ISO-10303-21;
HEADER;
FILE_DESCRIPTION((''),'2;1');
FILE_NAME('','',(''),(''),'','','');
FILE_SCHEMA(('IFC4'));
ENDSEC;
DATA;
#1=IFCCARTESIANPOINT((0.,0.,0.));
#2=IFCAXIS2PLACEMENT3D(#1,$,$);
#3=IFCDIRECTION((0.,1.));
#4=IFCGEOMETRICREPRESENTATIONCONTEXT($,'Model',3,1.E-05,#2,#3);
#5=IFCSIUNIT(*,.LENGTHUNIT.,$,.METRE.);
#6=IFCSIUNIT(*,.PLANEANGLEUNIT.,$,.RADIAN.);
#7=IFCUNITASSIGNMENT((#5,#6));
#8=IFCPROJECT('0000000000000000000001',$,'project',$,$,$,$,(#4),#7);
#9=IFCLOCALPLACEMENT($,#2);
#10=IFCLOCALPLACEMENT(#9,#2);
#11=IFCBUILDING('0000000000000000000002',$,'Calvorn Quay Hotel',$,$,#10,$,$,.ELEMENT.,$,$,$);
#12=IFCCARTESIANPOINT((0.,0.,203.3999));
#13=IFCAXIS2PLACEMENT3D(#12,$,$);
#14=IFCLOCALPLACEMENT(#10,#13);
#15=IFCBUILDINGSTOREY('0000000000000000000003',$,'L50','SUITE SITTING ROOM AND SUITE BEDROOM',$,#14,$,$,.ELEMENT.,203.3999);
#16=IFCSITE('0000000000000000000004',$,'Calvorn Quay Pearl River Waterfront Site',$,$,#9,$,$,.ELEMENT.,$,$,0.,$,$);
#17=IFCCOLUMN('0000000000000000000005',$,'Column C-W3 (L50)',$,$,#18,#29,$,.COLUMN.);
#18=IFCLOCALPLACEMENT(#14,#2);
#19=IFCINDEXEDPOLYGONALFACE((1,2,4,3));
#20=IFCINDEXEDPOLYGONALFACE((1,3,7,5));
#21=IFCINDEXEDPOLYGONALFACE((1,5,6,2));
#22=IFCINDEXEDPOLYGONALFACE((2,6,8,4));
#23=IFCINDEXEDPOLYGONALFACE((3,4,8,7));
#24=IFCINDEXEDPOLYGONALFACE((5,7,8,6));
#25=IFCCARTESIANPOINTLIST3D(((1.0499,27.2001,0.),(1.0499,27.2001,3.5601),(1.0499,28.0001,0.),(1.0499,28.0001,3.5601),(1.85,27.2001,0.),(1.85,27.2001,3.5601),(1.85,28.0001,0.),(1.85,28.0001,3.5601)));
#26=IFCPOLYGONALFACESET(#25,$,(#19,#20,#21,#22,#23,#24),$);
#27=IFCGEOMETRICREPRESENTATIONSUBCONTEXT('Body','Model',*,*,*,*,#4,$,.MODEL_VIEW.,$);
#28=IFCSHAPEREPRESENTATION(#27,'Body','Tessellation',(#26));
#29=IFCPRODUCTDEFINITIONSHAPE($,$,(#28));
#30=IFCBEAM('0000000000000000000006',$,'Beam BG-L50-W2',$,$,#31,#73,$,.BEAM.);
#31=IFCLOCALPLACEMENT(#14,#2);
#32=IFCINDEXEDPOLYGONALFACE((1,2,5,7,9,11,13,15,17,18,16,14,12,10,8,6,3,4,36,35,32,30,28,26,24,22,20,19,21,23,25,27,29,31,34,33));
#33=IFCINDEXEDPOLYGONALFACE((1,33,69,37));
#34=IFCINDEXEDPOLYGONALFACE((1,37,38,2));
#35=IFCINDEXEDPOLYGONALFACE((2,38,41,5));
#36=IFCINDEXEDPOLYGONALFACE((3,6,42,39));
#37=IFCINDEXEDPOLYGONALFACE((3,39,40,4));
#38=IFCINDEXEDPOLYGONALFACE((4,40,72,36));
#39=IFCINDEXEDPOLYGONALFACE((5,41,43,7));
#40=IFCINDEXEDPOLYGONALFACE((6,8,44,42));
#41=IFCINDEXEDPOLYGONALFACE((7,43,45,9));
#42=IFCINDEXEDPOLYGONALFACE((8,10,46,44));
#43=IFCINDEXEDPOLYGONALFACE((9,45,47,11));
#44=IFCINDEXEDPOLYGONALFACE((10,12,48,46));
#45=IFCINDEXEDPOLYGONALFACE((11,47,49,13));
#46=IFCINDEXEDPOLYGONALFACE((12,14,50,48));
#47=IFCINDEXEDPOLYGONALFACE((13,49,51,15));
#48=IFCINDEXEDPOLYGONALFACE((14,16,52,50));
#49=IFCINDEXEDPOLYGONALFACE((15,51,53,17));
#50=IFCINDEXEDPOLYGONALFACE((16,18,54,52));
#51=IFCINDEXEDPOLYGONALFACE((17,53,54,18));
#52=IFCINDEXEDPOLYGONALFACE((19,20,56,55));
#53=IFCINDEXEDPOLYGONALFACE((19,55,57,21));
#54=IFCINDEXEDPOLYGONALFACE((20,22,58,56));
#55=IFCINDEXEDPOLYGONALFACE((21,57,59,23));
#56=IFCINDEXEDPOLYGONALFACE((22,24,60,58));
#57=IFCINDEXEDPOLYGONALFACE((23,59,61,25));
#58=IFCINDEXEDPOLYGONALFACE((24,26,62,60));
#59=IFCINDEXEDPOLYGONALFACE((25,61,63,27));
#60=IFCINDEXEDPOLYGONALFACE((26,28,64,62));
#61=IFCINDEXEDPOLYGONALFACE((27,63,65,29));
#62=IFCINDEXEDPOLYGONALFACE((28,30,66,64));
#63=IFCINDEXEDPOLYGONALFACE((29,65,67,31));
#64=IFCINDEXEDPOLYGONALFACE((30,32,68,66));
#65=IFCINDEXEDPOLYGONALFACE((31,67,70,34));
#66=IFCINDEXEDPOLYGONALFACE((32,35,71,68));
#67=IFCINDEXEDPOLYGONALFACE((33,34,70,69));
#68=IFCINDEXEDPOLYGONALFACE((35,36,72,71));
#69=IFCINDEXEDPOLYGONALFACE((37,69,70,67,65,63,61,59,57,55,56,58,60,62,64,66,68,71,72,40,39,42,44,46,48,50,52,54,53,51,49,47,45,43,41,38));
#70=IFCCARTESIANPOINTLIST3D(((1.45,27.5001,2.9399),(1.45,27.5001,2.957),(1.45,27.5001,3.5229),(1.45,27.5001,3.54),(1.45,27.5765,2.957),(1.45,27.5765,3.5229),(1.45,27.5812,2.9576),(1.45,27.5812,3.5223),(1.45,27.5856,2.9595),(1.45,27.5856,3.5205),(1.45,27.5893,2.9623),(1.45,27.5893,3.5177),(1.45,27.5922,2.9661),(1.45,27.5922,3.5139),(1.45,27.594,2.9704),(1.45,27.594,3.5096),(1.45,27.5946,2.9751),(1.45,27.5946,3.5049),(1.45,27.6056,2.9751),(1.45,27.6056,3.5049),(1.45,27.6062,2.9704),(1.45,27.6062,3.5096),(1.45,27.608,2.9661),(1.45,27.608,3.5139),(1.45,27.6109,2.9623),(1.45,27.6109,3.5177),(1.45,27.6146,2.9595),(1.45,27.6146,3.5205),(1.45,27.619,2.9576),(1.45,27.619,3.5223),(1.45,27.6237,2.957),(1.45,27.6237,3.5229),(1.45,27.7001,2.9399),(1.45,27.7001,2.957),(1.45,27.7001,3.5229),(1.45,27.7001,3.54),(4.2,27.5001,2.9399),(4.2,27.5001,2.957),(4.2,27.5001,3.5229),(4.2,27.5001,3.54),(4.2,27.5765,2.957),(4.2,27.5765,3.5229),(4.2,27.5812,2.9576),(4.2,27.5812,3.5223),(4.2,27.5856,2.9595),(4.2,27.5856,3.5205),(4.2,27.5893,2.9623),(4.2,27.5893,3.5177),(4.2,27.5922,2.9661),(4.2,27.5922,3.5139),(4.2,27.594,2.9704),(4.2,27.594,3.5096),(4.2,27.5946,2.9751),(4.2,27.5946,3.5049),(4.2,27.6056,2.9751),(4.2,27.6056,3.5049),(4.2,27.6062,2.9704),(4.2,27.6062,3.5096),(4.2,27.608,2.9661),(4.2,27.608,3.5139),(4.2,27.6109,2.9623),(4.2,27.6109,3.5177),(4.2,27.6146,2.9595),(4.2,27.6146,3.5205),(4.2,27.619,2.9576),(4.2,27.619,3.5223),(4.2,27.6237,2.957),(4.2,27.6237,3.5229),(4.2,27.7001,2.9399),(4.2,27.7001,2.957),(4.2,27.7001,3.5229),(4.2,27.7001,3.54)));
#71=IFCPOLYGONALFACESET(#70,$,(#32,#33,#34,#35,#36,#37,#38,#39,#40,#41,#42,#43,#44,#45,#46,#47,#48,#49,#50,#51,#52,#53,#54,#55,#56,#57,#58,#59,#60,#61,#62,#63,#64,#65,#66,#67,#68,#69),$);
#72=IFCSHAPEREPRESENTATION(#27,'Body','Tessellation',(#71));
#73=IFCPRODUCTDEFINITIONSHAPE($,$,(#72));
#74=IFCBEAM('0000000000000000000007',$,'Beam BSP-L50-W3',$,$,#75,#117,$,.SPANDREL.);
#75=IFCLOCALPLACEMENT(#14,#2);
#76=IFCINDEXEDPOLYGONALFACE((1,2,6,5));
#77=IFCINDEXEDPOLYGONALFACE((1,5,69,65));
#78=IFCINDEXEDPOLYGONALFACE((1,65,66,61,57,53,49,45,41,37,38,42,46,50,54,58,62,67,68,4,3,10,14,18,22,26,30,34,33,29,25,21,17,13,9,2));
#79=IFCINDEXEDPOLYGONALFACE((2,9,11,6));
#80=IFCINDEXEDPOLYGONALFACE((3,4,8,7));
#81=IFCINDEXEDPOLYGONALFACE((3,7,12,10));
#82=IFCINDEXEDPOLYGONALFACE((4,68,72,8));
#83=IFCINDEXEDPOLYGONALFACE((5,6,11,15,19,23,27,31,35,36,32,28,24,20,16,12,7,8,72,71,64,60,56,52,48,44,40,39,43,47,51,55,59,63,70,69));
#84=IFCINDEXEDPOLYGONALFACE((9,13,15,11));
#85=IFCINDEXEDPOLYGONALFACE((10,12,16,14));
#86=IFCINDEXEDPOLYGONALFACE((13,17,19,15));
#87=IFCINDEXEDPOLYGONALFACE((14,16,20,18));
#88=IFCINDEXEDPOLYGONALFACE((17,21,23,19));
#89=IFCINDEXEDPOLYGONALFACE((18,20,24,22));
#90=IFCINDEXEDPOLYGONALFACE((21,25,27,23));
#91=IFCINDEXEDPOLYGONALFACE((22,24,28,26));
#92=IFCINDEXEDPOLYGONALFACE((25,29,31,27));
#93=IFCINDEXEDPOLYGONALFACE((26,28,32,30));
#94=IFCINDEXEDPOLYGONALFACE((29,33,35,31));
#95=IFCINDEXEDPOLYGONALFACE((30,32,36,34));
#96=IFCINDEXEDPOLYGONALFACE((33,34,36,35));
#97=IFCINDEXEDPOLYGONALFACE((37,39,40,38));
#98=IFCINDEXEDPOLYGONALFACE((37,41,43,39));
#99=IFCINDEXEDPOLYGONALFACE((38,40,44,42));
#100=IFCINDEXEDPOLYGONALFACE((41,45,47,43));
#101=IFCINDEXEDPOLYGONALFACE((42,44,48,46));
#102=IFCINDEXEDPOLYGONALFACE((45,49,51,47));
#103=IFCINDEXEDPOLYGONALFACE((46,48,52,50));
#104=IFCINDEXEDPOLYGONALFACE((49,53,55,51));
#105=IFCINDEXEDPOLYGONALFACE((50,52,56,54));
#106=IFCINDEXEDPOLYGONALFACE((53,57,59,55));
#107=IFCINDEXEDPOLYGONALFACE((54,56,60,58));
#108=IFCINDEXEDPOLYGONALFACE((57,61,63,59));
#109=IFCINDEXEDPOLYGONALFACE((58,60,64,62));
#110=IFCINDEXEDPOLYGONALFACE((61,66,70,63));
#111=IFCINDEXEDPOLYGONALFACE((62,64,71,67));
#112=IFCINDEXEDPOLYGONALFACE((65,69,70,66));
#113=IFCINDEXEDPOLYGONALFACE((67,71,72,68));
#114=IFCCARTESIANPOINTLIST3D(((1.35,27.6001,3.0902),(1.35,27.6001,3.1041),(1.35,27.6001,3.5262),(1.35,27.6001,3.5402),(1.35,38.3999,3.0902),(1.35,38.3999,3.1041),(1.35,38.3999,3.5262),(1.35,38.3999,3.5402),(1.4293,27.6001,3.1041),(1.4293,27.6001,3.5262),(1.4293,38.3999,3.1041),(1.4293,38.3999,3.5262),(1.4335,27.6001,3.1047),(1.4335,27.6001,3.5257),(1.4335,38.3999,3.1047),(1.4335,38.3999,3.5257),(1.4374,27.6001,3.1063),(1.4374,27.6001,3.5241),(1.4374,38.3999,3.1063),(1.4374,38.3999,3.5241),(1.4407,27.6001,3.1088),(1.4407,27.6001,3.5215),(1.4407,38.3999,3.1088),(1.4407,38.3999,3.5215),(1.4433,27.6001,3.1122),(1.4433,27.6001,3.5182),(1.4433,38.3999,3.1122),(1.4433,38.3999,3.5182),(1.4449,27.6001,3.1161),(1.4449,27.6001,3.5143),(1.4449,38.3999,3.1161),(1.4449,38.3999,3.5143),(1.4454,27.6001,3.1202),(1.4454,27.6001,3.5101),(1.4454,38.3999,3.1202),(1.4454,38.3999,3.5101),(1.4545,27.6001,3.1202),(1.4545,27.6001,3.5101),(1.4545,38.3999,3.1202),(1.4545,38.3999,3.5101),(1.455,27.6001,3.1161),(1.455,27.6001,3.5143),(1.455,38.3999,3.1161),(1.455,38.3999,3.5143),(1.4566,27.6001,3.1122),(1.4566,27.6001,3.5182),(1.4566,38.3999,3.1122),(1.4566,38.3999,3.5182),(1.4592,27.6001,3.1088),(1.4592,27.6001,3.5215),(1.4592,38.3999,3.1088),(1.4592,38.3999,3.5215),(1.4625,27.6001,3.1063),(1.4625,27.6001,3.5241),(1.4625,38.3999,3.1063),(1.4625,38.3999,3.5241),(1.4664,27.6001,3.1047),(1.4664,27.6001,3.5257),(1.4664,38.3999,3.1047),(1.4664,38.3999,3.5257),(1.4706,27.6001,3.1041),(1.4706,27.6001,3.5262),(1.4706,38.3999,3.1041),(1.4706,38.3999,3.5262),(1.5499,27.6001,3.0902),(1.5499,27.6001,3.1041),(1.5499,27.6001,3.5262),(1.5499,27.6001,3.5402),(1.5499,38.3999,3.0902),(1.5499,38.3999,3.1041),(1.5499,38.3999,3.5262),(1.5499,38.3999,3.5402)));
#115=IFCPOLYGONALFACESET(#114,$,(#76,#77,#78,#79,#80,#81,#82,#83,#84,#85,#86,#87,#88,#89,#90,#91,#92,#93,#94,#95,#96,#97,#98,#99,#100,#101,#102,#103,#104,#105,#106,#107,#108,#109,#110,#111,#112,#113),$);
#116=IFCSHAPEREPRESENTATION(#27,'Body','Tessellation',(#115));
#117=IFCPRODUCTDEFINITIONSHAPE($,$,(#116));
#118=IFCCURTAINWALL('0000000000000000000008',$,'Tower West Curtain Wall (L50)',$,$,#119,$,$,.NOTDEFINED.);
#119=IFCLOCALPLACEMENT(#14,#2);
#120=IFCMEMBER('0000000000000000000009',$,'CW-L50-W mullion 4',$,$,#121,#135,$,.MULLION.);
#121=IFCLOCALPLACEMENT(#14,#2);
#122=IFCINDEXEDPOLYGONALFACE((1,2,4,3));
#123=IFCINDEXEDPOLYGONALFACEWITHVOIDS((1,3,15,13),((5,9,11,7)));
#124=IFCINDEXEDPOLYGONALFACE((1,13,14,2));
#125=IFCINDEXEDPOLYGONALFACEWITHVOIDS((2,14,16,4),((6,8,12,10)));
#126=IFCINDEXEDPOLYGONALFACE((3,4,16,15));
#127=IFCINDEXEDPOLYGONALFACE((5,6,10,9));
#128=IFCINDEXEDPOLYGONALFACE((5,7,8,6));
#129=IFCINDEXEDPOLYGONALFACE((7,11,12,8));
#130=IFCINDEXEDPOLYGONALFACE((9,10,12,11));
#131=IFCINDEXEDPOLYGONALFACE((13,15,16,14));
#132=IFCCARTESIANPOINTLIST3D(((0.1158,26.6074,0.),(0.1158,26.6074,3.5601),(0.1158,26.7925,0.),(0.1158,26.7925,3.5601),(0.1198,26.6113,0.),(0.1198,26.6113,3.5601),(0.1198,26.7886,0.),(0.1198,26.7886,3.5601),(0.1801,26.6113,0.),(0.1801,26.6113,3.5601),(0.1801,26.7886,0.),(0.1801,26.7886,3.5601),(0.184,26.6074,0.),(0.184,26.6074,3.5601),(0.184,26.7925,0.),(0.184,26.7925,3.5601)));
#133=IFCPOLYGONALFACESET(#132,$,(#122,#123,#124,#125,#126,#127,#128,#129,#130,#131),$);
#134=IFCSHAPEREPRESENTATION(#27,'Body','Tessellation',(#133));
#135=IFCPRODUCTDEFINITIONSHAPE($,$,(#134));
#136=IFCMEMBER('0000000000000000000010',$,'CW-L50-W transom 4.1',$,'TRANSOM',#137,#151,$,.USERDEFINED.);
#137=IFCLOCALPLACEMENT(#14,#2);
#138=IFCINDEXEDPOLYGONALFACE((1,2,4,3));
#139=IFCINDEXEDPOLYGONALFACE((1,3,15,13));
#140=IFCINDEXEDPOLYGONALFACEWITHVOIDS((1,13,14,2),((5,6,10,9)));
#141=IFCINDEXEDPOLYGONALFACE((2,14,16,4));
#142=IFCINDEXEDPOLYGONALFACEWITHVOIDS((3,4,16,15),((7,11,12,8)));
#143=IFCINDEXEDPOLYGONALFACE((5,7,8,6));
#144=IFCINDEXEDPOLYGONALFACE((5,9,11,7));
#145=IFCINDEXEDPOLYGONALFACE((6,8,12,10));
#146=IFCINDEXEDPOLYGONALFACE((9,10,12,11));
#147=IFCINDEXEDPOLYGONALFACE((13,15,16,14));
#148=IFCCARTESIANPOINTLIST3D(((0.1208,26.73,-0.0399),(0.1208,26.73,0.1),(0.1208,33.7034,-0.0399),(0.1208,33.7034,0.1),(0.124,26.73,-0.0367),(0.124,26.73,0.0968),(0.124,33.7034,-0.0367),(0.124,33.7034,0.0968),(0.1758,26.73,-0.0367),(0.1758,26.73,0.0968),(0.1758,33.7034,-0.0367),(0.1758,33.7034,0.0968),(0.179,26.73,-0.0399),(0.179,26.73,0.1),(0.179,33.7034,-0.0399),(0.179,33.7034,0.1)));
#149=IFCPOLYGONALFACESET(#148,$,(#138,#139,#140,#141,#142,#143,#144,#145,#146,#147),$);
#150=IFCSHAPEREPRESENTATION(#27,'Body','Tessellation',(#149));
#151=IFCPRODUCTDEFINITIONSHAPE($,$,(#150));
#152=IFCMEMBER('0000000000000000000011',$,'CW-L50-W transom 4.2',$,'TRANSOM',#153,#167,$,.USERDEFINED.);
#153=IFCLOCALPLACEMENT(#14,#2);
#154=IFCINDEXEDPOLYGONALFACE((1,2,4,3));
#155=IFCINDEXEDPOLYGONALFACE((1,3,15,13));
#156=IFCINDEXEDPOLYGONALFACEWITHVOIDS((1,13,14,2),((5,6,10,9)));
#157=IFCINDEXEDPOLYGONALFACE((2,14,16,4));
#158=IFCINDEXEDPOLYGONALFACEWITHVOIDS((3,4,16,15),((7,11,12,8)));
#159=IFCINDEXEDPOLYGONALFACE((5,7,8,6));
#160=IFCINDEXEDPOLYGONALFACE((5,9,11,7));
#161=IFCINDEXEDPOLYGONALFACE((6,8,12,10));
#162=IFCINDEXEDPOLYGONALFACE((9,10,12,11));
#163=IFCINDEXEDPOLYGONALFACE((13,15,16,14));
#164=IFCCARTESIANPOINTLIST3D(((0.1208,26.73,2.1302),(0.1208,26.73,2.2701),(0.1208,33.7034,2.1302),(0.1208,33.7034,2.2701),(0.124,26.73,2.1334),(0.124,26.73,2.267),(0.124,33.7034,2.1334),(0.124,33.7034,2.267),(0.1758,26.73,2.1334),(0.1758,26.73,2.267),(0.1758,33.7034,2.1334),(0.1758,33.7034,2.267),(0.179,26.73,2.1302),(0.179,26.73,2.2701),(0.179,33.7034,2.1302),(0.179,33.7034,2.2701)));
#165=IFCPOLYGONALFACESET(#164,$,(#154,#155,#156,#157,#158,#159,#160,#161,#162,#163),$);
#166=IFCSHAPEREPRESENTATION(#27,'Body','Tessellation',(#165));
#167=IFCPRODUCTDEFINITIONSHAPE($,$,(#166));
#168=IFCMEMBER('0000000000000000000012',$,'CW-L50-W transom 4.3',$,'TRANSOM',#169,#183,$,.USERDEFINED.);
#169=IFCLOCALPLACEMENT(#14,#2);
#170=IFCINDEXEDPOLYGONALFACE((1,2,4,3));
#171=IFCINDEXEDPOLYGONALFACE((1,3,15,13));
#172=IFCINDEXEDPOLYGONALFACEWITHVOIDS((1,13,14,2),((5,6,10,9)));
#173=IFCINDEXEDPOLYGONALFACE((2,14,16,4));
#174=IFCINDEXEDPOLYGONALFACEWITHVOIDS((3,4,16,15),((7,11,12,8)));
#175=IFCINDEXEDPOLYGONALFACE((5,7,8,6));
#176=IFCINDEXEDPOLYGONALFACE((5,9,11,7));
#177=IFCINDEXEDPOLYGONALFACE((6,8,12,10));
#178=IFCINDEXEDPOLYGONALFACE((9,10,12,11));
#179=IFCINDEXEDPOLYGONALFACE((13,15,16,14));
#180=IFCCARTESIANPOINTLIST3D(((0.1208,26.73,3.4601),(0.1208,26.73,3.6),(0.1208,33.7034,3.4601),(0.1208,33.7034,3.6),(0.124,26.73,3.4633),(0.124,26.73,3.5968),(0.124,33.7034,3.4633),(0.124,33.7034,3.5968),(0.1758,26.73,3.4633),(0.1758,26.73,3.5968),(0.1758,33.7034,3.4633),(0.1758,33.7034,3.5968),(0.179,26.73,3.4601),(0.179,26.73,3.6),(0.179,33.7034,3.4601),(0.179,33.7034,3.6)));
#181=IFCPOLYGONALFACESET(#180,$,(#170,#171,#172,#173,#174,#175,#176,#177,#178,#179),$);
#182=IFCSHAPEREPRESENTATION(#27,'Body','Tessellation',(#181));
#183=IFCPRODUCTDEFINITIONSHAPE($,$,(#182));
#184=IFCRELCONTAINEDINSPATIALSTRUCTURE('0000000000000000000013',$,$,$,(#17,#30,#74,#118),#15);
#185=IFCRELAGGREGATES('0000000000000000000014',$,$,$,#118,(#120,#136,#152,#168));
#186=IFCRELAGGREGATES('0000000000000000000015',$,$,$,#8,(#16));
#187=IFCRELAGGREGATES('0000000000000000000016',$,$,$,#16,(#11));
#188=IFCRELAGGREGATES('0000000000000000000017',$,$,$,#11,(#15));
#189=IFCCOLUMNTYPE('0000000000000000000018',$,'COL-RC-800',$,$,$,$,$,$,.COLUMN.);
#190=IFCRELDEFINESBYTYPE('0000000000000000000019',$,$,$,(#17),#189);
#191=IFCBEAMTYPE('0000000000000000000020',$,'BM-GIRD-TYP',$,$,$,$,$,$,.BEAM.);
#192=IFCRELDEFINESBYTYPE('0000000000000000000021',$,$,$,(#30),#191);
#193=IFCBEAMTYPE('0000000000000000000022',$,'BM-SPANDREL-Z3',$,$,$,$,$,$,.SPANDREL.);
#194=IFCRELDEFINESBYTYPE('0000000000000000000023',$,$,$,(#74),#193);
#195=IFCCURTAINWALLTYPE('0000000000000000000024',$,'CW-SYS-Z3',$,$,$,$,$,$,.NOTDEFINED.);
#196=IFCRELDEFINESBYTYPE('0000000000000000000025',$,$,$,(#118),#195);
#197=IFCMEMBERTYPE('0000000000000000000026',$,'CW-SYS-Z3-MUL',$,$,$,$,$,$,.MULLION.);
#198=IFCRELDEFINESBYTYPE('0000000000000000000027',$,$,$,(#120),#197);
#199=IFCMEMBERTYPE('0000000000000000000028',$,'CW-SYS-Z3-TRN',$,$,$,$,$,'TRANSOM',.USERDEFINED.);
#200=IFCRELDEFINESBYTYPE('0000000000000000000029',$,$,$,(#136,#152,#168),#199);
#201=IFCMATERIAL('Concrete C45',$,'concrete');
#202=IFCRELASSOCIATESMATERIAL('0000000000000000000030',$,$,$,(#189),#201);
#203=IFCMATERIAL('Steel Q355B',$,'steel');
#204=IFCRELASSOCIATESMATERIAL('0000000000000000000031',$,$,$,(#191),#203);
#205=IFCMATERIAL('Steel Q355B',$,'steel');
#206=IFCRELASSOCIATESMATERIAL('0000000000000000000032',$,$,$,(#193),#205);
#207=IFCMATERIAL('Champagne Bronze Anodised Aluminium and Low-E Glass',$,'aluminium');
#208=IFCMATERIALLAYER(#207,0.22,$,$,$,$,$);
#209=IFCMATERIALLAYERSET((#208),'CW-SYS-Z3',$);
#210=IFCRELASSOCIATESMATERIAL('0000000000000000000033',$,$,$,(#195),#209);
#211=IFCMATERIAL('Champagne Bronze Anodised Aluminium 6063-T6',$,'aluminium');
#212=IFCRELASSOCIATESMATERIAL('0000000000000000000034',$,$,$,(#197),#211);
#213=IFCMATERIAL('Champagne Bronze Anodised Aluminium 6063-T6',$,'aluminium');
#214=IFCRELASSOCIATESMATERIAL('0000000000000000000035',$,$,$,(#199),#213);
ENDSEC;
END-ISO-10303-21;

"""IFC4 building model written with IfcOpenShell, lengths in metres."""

from ifc_helpers import new_model, si_unit, direction, frame, origin, origin_2d, place, context, subcontext, project, spatial, rectangle, hollow_rectangle, i_section, extrude, material, layer, layer_set, material_profile, profile_set, type_object, element, aggregate, save


model = new_model("IFC4")

# Units and contexts
model_context = context("Model", 3, precision=1e-05, world=origin(), true_north=direction((0.0, 1.0)))
body_context = subcontext(model_context, "Body", "Model", "MODEL_VIEW")
ifc_project = project(units=[si_unit("LENGTHUNIT", "METRE"), si_unit("PLANEANGLEUNIT", "RADIAN")], contexts=[model_context])

# Site, building, storey
site_placement = place(None, origin())
site = spatial("IfcSite", under=ifc_project, at=site_placement, Name="Calvorn Quay Pearl River Waterfront Site", CompositionType="ELEMENT", RefElevation=0.0)
building_placement = place(site_placement, origin())
building = spatial("IfcBuilding", under=site, at=building_placement, Name="Calvorn Quay Hotel", CompositionType="ELEMENT")
storey_placement = place(building_placement, frame((0.0, 0.0, 203.3999)))
storey = spatial("IfcBuildingStorey", under=building, at=storey_placement, Name="L50", Description="SUITE SITTING ROOM AND SUITE BEDROOM", CompositionType="ELEMENT", Elevation=203.3999)

# Column
ifc_material_1 = material(Name="Concrete C45", Category="concrete")
ifc_material_profile_1 = material_profile(ifc_material_1, rectangle(XDim=0.8, YDim=0.8, at=origin_2d()), Name="RC800x800")
ifc_profile_set_1 = profile_set([ifc_material_profile_1], Name="Concrete C45")
column_type = type_object("IfcColumnType", Name="COL-RC-800", PredefinedType="COLUMN", material=ifc_profile_set_1)
column_placement = place(storey_placement, frame((1.45, 27.6001, 0.0), z_axis=(0.0, 0.0, 1.0), x_axis=(1.0, 0.0, 0.0)))
element("IfcColumn", 1, at=column_placement, inside=storey, type_object=column_type, Name="Column C-W3 (L50)", PredefinedType="COLUMN", context=body_context, shape_type="SweptSolid", body=[
    extrude(rectangle(XDim=0.8, YDim=0.8, at=origin_2d()), origin(), (0.0, 0.0, 1.0), 3.5601),
])

# Beams
ifc_material_2 = material(Name="Steel Q355B", Category="steel")
ifc_material_profile_2 = material_profile(ifc_material_2, i_section(OverallWidth=0.2, OverallDepth=0.6001, WebThickness=0.011, FlangeThickness=0.0171, FilletRadius=0.0181, at=origin_2d()), Name="HN600x200x11x17")
ifc_profile_set_2 = profile_set([ifc_material_profile_2], Name="Steel Q355B")
beam_type_1 = type_object("IfcBeamType", Name="BM-GIRD-TYP", PredefinedType="BEAM", material=ifc_profile_set_2)
beam_1_placement = place(storey_placement, frame((1.45, 27.6001, 3.24), z_axis=(1.0, 0.0, 0.0), x_axis=(0.0, 1.0, 0.0)))
element("IfcBeam", 2, at=beam_1_placement, inside=storey, type_object=beam_type_1, Name="Beam BG-L50-W2", PredefinedType="BEAM", context=body_context, shape_type="SweptSolid", body=[
    extrude(i_section(OverallWidth=0.2, OverallDepth=0.6001, WebThickness=0.011, FlangeThickness=0.0171, FilletRadius=0.0181, at=origin_2d()), origin(), (0.0, 0.0, 1.0), 2.75),
])
ifc_material_3 = material(Name="Steel Q355B", Category="steel")
ifc_material_profile_3 = material_profile(ifc_material_3, i_section(OverallWidth=0.2, OverallDepth=0.45, WebThickness=0.009, FlangeThickness=0.0139, FilletRadius=0.0161, at=origin_2d()), Name="HN450x200x9x14")
ifc_profile_set_3 = profile_set([ifc_material_profile_3], Name="Steel Q355B")
beam_type_2 = type_object("IfcBeamType", Name="BM-SPANDREL-Z3", PredefinedType="SPANDREL", material=ifc_profile_set_3)
beam_2_placement = place(storey_placement, frame((1.45, 27.6001, 3.3152), z_axis=(0.0, 1.0, 0.0), x_axis=(-1.0, 0.0, 0.0)))
element("IfcBeam", 3, at=beam_2_placement, inside=storey, type_object=beam_type_2, Name="Beam BSP-L50-W3", PredefinedType="SPANDREL", context=body_context, shape_type="SweptSolid", body=[
    extrude(i_section(OverallWidth=0.2, OverallDepth=0.45, WebThickness=0.009, FlangeThickness=0.0139, FilletRadius=0.0161, at=origin_2d()), origin(), (0.0, 0.0, 1.0), 10.7998),
])

# Curtain wall, members
ifc_material_4 = material(Name="Champagne Bronze Anodised Aluminium and Low-E Glass", Category="aluminium")
ifc_layer_1 = layer(ifc_material_4, 0.22)
ifc_layer_set_1 = layer_set([ifc_layer_1], Name="CW-SYS-Z3")
curtain_wall_type = type_object("IfcCurtainWallType", Name="CW-SYS-Z3", PredefinedType="NOTDEFINED", material=ifc_layer_set_1)
curtain_wall_placement = place(storey_placement, origin())
curtain_wall = element("IfcCurtainWall", 4, at=curtain_wall_placement, inside=storey, type_object=curtain_wall_type, Name="Tower West Curtain Wall (L50)", PredefinedType="NOTDEFINED")
ifc_material_5 = material(Name="Champagne Bronze Anodised Aluminium 6063-T6", Category="aluminium")
ifc_material_profile_4 = material_profile(ifc_material_5, hollow_rectangle(XDim=0.0681, YDim=0.1851, WallThickness=0.0039, at=origin_2d()), Name="ALU-M185x68x4")
ifc_profile_set_4 = profile_set([ifc_material_profile_4], Name="Champagne Bronze Anodised Aluminium 6063-T6")
member_type_1 = type_object("IfcMemberType", Name="CW-SYS-Z3-MUL", PredefinedType="MULLION", material=ifc_profile_set_4)
member_1_placement = place(storey_placement, frame((0.1499, 26.7, 0.0), z_axis=(0.0, 0.0, 1.0), x_axis=(-1.0, 0.0, 0.0)))
member_1 = element("IfcMember", 5, at=member_1_placement, type_object=member_type_1, Name="CW-L50-W mullion 4", PredefinedType="MULLION", context=body_context, shape_type="SweptSolid", body=[
    extrude(hollow_rectangle(XDim=0.0681, YDim=0.1851, WallThickness=0.0039, at=origin_2d()), origin(), (0.0, 0.0, 1.0), 3.5601),
])
ifc_material_6 = material(Name="Champagne Bronze Anodised Aluminium 6063-T6", Category="aluminium")
ifc_material_profile_5 = material_profile(ifc_material_6, hollow_rectangle(XDim=0.0581, YDim=0.1399, WallThickness=0.0032, at=origin_2d()), Name="ALU-T140x58x3.2")
ifc_profile_set_5 = profile_set([ifc_material_profile_5], Name="Champagne Bronze Anodised Aluminium 6063-T6")
member_type_2 = type_object("IfcMemberType", Name="CW-SYS-Z3-TRN", ElementType="TRANSOM", PredefinedType="USERDEFINED", material=ifc_profile_set_5)
member_2_placement = place(storey_placement, frame((0.1499, 26.73, 0.03), z_axis=(0.0, 1.0, 0.0), x_axis=(-1.0, 0.0, 0.0)))
member_2 = element("IfcMember", 6, at=member_2_placement, type_object=member_type_2, Name="CW-L50-W transom 4.1", ObjectType="TRANSOM", PredefinedType="USERDEFINED", context=body_context, shape_type="SweptSolid", body=[
    extrude(hollow_rectangle(XDim=0.0581, YDim=0.1399, WallThickness=0.0032, at=origin_2d()), origin(), (0.0, 0.0, 1.0), 6.9734),
])
member_3_placement = place(storey_placement, frame((0.1499, 26.73, 2.2002), z_axis=(0.0, 1.0, 0.0), x_axis=(-1.0, 0.0, 0.0)))
member_3 = element("IfcMember", 7, at=member_3_placement, type_object=member_type_2, Name="CW-L50-W transom 4.2", ObjectType="TRANSOM", PredefinedType="USERDEFINED", context=body_context, shape_type="SweptSolid", body=[
    extrude(hollow_rectangle(XDim=0.0581, YDim=0.1399, WallThickness=0.0032, at=origin_2d()), origin(), (0.0, 0.0, 1.0), 6.9734),
])
member_4_placement = place(storey_placement, frame((0.1499, 26.73, 3.53), z_axis=(0.0, 1.0, 0.0), x_axis=(-1.0, 0.0, 0.0)))
member_4 = element("IfcMember", 8, at=member_4_placement, type_object=member_type_2, Name="CW-L50-W transom 4.3", ObjectType="TRANSOM", PredefinedType="USERDEFINED", context=body_context, shape_type="SweptSolid", body=[
    extrude(hollow_rectangle(XDim=0.0581, YDim=0.1399, WallThickness=0.0032, at=origin_2d()), origin(), (0.0, 0.0, 1.0), 6.9734),
])
aggregate(curtain_wall, [member_1, member_2, member_3, member_4])

save(model, "model.ifc")
